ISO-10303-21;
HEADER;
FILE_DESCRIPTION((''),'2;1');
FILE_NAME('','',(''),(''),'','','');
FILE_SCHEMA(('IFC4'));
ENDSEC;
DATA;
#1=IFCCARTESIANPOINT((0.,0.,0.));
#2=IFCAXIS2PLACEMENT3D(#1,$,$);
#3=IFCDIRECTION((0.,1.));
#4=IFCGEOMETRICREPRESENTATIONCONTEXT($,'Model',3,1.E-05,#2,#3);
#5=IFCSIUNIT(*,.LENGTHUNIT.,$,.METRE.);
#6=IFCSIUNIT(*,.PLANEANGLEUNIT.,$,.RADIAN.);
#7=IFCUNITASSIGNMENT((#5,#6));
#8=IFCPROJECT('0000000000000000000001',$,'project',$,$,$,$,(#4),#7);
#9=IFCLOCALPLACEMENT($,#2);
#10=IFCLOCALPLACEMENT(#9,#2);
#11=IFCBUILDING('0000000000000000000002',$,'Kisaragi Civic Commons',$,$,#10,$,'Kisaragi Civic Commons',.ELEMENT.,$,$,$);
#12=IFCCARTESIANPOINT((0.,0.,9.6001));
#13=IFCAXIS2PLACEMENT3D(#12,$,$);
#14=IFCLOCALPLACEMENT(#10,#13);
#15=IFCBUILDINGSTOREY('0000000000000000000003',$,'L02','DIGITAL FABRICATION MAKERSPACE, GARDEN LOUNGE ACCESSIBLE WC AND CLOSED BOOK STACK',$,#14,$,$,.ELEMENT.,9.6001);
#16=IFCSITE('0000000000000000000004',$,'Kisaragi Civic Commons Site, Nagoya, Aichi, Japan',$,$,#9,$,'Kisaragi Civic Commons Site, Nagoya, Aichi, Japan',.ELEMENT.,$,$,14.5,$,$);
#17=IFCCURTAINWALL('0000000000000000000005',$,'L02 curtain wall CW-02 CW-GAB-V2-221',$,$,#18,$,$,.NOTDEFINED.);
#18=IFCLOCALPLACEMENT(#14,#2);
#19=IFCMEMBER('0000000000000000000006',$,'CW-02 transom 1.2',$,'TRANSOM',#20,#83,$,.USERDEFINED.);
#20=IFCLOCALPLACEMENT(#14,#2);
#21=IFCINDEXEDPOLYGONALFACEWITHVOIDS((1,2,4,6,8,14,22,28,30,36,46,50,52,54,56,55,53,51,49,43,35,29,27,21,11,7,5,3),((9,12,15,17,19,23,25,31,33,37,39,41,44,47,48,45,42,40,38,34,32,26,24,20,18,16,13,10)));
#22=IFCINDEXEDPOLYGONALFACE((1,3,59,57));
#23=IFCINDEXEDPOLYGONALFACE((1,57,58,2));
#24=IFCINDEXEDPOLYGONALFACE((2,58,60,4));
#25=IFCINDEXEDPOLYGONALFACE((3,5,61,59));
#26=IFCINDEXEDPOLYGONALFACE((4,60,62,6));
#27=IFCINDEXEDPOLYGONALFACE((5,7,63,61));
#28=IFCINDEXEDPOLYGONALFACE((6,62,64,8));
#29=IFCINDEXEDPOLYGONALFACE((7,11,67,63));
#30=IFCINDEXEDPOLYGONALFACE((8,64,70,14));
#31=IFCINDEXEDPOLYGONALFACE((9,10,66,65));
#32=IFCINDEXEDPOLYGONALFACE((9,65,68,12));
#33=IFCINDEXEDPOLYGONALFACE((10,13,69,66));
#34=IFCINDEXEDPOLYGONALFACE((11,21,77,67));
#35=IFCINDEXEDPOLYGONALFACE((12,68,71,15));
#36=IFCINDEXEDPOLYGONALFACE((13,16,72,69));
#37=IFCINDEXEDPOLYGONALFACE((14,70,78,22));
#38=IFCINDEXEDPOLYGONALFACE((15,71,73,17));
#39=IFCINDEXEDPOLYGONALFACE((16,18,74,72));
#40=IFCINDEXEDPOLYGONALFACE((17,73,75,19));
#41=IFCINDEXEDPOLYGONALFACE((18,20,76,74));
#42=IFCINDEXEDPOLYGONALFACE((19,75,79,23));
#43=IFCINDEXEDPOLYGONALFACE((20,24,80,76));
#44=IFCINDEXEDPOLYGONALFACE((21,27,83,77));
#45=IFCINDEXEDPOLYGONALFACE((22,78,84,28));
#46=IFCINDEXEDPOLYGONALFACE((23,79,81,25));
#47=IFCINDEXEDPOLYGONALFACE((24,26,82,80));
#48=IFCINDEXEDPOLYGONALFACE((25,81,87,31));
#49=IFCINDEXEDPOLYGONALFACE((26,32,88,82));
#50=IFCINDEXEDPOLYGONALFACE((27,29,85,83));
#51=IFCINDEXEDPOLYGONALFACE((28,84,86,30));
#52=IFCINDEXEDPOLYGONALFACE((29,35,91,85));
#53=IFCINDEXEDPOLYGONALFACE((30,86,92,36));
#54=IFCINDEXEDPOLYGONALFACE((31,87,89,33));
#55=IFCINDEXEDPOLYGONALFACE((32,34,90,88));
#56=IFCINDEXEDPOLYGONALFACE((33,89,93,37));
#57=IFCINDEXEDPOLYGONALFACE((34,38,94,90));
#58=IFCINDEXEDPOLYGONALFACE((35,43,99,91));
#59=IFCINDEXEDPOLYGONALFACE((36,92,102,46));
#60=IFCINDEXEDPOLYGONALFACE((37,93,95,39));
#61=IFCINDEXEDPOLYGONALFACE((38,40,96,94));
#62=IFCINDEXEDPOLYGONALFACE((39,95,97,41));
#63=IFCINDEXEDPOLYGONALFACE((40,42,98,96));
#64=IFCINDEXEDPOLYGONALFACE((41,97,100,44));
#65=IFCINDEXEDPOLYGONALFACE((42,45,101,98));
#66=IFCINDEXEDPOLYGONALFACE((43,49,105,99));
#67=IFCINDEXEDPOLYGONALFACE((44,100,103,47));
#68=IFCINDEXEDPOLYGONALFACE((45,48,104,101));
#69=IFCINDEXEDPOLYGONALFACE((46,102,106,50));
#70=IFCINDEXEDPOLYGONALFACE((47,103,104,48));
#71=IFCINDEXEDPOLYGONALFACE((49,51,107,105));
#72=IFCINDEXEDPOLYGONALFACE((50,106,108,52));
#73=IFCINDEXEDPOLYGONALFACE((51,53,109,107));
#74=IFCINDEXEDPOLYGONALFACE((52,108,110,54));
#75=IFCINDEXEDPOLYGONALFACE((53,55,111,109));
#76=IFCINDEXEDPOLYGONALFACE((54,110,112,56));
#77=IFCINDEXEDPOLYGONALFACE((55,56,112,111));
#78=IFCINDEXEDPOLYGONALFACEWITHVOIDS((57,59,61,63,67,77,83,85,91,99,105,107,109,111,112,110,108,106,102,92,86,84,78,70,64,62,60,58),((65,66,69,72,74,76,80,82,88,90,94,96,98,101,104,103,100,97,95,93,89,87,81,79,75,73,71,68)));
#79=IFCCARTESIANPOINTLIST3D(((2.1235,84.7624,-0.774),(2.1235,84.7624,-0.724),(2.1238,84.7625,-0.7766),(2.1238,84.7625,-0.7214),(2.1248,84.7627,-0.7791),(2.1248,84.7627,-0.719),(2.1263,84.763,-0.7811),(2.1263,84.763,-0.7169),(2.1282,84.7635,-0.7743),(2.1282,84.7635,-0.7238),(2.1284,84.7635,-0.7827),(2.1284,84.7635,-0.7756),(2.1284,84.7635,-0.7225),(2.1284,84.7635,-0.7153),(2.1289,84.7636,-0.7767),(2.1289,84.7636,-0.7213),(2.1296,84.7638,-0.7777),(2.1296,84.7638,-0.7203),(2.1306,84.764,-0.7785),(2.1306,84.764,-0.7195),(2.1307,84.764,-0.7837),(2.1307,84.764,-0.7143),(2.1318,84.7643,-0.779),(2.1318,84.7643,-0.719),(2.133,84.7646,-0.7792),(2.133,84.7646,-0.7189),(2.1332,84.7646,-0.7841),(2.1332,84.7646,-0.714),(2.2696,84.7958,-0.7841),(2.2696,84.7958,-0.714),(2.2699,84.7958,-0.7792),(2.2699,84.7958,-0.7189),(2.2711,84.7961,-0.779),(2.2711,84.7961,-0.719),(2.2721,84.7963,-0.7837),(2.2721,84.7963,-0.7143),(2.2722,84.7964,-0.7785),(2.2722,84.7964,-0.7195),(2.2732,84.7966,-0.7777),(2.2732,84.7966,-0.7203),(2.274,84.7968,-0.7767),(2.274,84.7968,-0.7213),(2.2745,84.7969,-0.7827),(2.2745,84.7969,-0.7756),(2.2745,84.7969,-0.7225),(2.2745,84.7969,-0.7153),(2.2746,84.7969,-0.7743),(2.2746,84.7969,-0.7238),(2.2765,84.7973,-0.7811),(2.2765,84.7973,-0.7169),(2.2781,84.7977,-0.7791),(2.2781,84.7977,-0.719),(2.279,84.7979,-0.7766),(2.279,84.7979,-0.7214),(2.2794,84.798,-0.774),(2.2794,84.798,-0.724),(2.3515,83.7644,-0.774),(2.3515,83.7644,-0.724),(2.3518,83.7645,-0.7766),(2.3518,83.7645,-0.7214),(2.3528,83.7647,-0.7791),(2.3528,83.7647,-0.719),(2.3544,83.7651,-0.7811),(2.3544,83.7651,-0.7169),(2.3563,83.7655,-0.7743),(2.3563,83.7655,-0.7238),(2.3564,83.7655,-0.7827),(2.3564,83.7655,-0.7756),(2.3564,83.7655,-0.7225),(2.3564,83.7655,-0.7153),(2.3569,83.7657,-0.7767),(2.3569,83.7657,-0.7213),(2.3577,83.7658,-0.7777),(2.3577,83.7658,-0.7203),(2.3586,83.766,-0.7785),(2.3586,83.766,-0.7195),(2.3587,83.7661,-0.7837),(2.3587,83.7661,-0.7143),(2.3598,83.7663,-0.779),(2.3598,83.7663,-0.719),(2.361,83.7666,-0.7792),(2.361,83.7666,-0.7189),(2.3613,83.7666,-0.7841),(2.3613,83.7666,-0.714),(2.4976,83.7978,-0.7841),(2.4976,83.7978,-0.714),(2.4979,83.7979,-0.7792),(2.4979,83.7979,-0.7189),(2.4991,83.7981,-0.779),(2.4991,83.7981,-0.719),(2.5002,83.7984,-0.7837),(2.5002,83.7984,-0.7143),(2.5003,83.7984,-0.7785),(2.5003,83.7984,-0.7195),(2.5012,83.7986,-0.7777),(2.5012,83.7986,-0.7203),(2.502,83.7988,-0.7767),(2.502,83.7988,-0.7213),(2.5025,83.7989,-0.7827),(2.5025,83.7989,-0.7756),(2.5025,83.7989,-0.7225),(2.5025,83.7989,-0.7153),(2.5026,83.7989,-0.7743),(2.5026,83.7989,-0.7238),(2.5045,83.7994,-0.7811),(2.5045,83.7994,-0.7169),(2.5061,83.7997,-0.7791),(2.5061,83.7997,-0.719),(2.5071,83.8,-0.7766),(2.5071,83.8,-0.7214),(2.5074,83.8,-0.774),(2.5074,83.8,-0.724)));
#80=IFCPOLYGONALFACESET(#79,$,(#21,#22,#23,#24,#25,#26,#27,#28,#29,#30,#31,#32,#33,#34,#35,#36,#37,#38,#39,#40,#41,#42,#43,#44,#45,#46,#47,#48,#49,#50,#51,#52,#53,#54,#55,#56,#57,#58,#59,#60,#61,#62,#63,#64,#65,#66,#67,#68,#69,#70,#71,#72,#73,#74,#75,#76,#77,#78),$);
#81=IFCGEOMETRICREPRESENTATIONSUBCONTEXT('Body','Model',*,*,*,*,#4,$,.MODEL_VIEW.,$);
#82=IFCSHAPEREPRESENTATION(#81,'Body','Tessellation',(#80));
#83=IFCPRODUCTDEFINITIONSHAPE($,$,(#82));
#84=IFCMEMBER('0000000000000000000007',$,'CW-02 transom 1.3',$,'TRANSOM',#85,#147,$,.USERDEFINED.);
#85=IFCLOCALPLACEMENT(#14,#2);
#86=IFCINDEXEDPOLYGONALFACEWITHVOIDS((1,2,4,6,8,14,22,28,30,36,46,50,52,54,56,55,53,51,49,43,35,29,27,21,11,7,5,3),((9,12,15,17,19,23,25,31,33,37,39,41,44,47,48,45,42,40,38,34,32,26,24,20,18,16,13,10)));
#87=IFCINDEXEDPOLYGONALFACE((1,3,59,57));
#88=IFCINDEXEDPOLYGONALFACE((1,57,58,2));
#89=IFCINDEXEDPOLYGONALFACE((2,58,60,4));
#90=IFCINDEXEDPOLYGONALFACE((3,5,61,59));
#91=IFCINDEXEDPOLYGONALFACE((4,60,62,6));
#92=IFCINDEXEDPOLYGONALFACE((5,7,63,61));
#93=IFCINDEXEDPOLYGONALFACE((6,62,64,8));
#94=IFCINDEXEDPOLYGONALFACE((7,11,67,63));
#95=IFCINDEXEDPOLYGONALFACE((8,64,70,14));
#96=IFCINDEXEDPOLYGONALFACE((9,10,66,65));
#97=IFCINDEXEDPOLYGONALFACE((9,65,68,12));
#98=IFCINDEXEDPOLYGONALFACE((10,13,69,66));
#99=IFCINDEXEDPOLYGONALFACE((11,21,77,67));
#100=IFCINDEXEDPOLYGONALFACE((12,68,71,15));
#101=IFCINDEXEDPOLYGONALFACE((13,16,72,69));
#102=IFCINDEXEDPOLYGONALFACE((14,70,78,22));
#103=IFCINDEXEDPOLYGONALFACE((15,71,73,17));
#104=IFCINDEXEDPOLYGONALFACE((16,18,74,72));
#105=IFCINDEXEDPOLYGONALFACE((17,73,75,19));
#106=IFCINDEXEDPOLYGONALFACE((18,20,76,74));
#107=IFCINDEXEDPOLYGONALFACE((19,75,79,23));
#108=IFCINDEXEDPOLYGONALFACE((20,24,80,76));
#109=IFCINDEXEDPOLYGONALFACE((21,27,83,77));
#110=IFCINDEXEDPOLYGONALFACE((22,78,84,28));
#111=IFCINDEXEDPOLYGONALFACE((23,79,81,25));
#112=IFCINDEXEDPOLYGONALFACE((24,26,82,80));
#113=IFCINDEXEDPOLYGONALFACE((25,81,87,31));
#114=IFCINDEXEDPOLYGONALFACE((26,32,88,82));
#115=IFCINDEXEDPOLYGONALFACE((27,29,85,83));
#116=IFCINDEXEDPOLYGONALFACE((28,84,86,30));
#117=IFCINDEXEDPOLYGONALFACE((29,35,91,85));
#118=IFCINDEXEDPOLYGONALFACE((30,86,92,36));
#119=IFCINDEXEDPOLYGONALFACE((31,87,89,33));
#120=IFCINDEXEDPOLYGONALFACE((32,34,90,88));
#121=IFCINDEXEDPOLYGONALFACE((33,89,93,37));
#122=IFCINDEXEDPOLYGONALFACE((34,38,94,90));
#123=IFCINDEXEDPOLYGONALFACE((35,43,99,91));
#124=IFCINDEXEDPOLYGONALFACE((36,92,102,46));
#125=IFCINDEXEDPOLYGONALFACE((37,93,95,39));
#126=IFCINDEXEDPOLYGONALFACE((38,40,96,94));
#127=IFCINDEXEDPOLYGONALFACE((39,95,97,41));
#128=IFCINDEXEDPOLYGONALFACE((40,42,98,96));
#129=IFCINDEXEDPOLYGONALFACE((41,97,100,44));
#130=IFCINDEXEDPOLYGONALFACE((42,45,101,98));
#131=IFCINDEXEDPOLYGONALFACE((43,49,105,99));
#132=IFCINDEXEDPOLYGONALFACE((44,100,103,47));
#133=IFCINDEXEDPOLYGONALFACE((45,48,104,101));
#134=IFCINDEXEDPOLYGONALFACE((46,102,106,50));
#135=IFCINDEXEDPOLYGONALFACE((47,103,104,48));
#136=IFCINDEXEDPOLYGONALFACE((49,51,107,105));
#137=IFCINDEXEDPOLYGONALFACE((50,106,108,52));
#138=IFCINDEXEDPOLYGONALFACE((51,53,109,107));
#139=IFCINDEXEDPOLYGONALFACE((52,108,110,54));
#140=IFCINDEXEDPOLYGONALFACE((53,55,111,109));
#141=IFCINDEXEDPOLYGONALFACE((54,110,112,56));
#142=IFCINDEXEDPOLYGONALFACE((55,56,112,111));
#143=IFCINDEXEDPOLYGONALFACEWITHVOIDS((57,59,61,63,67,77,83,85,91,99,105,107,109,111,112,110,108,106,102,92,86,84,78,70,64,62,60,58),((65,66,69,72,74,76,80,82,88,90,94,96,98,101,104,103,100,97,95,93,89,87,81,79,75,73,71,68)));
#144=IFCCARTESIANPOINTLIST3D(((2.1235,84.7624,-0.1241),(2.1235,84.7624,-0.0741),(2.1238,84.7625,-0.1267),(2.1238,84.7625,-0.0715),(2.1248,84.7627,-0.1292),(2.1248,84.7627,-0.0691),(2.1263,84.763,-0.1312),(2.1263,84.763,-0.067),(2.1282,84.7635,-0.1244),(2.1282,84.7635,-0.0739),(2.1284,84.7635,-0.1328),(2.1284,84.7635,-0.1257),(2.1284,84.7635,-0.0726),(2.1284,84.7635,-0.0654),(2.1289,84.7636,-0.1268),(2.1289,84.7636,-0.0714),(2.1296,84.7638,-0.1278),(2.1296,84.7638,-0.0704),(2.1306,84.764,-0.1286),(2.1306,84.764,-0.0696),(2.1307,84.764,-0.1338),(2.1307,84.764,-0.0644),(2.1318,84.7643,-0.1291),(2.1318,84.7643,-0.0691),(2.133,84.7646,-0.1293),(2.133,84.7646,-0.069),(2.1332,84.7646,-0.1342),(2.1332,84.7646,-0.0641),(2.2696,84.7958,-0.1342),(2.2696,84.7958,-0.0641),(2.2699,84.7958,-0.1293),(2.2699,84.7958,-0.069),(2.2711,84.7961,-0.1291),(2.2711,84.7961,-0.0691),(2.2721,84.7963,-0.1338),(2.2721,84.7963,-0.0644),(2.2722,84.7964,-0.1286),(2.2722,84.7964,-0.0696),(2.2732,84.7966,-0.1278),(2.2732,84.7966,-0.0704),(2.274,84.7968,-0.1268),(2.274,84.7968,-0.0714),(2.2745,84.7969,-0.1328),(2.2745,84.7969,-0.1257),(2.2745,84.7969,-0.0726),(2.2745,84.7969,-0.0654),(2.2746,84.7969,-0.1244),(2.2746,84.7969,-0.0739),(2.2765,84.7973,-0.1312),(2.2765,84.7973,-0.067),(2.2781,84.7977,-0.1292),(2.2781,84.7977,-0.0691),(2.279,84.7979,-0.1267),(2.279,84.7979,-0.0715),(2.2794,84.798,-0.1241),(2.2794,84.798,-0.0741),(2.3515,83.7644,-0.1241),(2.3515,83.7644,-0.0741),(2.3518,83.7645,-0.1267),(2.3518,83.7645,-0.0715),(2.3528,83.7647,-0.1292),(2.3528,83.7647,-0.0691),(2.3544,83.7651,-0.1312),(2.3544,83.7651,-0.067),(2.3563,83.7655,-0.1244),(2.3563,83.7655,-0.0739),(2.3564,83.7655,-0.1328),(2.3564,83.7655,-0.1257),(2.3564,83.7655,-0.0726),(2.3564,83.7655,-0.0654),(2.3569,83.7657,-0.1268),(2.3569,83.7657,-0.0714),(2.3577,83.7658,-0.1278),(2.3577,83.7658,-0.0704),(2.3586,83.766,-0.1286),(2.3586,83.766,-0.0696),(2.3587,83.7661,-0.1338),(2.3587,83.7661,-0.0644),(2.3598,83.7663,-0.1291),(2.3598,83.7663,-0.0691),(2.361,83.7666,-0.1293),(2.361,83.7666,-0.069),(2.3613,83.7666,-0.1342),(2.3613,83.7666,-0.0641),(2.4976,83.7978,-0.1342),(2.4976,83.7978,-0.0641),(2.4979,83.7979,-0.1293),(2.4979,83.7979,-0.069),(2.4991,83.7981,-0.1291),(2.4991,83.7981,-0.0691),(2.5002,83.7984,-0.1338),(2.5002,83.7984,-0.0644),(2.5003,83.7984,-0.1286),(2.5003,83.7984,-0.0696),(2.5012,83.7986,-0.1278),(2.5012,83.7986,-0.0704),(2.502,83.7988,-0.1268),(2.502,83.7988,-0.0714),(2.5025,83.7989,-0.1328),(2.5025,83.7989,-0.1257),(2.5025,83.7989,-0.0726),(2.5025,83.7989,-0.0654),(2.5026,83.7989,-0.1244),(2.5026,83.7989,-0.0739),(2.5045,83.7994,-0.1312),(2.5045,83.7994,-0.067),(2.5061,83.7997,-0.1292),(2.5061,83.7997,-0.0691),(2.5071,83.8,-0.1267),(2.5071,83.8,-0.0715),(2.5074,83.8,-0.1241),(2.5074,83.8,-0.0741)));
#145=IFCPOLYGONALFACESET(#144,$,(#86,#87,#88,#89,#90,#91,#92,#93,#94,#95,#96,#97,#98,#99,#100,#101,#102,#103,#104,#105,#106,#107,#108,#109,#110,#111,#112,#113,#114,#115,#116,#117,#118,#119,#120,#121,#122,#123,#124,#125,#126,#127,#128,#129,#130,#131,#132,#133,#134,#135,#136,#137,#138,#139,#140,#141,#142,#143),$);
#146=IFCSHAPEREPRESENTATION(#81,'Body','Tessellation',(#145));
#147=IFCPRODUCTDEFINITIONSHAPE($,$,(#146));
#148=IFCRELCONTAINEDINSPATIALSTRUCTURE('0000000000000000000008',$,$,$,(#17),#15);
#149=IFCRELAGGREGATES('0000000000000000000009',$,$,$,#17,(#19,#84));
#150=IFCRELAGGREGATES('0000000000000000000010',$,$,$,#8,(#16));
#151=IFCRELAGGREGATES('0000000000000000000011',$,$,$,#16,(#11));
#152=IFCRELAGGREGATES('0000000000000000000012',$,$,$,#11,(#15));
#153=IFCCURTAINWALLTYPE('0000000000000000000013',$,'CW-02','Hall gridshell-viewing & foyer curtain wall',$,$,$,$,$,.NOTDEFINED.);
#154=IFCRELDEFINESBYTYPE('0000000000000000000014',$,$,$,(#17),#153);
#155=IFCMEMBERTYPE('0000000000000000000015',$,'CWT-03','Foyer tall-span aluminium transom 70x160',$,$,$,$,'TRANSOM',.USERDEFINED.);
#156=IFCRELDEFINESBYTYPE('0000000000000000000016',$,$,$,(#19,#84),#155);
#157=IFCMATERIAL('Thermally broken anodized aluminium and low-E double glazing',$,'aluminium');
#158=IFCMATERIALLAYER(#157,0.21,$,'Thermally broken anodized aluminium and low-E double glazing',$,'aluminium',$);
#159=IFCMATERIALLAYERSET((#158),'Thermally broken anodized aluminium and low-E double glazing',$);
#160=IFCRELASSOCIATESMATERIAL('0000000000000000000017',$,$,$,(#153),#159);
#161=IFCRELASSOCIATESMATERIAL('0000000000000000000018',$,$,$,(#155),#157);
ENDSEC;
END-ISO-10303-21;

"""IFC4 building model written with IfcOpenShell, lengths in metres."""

from ifc_helpers import new_model, si_unit, direction, frame, origin, origin_2d, place, context, subcontext, project, spatial, hollow_rectangle, extrude, material, layer, layer_set, material_profile, profile_set, type_object, element, aggregate, save


model = new_model("IFC4")

# Units and contexts
model_context = context("Model", 3, precision=1e-05, world=origin(), true_north=direction((0.0, 1.0)))
body_context = subcontext(model_context, "Body", "Model", "MODEL_VIEW")
ifc_project = project(units=[si_unit("LENGTHUNIT", "METRE"), si_unit("PLANEANGLEUNIT", "RADIAN")], contexts=[model_context])

# Site, building, storey
site_placement = place(None, origin())
site = spatial("IfcSite", under=ifc_project, at=site_placement, Name="Kisaragi Civic Commons Site, Nagoya, Aichi, Japan", LongName="Kisaragi Civic Commons Site, Nagoya, Aichi, Japan", CompositionType="ELEMENT", RefElevation=14.5)
building_placement = place(site_placement, origin())
building = spatial("IfcBuilding", under=site, at=building_placement, Name="Kisaragi Civic Commons", LongName="Kisaragi Civic Commons", CompositionType="ELEMENT")
storey_placement = place(building_placement, frame((0.0, 0.0, 9.6001)))
storey = spatial("IfcBuildingStorey", under=building, at=storey_placement, Name="L02", Description="DIGITAL FABRICATION MAKERSPACE, GARDEN LOUNGE ACCESSIBLE WC AND CLOSED BOOK STACK", CompositionType="ELEMENT", Elevation=9.6001)

# Curtain wall, members
ifc_material_1 = material(Name="Thermally broken anodized aluminium and low-E double glazing", Category="aluminium")
ifc_layer_1 = layer(ifc_material_1, 0.21, Name="Thermally broken anodized aluminium and low-E double glazing", Category="aluminium")
ifc_layer_set_1 = layer_set([ifc_layer_1], Name="Thermally broken anodized aluminium and low-E double glazing")
curtain_wall_type = type_object("IfcCurtainWallType", Name="CW-02", Description="Hall gridshell-viewing & foyer curtain wall", PredefinedType="NOTDEFINED", material=ifc_layer_set_1)
curtain_wall_placement = place(storey_placement, origin())
curtain_wall = element("IfcCurtainWall", 1, at=curtain_wall_placement, inside=storey, type_object=curtain_wall_type, Name="L02 curtain wall CW-02 CW-GAB-V2-221", PredefinedType="NOTDEFINED")
ifc_material_profile_1 = material_profile(ifc_material_1, hollow_rectangle(XDim=0.1599, YDim=0.0701, WallThickness=0.0049, InnerFilletRadius=0.0049, OuterFilletRadius=0.01, at=origin_2d()), Name="CWT-70x160x5", Category="aluminium")
ifc_profile_set_1 = profile_set([ifc_material_profile_1], Name="Thermally broken anodized aluminium and low-E double glazing")
member_type_1 = type_object("IfcMemberType", Name="CWT-03", Description="Foyer tall-span aluminium transom 70x160", ElementType="TRANSOM", PredefinedType="USERDEFINED", material=ifc_profile_set_1)
member_1_placement = place(storey_placement, frame((2.4294, 83.7822, -0.749), z_axis=(-0.222734, 0.974879, 0.0), x_axis=(-0.974879, -0.222734, 0.0)))
member_1 = element("IfcMember", 2, at=member_1_placement, type_object=member_type_1, Name="CW-02 transom 1.2", ObjectType="TRANSOM", PredefinedType="USERDEFINED", context=body_context, shape_type="SweptSolid", body=[
    extrude(hollow_rectangle(XDim=0.1599, YDim=0.0701, WallThickness=0.0049, InnerFilletRadius=0.0049, OuterFilletRadius=0.01, at=origin_2d()), origin(), (0.0, 0.0, 1.0), 1.0237),
])
member_2_placement = place(storey_placement, frame((2.4294, 83.7822, -0.0991), z_axis=(-0.222734, 0.974879, 0.0), x_axis=(-0.974879, -0.222734, 0.0)))
member_2 = element("IfcMember", 3, at=member_2_placement, type_object=member_type_1, Name="CW-02 transom 1.3", ObjectType="TRANSOM", PredefinedType="USERDEFINED", context=body_context, shape_type="SweptSolid", body=[
    extrude(hollow_rectangle(XDim=0.1599, YDim=0.0701, WallThickness=0.0049, InnerFilletRadius=0.0049, OuterFilletRadius=0.01, at=origin_2d()), origin(), (0.0, 0.0, 1.0), 1.0237),
])

aggregate(curtain_wall, [member_1, member_2])

save(model, "model.ifc")
